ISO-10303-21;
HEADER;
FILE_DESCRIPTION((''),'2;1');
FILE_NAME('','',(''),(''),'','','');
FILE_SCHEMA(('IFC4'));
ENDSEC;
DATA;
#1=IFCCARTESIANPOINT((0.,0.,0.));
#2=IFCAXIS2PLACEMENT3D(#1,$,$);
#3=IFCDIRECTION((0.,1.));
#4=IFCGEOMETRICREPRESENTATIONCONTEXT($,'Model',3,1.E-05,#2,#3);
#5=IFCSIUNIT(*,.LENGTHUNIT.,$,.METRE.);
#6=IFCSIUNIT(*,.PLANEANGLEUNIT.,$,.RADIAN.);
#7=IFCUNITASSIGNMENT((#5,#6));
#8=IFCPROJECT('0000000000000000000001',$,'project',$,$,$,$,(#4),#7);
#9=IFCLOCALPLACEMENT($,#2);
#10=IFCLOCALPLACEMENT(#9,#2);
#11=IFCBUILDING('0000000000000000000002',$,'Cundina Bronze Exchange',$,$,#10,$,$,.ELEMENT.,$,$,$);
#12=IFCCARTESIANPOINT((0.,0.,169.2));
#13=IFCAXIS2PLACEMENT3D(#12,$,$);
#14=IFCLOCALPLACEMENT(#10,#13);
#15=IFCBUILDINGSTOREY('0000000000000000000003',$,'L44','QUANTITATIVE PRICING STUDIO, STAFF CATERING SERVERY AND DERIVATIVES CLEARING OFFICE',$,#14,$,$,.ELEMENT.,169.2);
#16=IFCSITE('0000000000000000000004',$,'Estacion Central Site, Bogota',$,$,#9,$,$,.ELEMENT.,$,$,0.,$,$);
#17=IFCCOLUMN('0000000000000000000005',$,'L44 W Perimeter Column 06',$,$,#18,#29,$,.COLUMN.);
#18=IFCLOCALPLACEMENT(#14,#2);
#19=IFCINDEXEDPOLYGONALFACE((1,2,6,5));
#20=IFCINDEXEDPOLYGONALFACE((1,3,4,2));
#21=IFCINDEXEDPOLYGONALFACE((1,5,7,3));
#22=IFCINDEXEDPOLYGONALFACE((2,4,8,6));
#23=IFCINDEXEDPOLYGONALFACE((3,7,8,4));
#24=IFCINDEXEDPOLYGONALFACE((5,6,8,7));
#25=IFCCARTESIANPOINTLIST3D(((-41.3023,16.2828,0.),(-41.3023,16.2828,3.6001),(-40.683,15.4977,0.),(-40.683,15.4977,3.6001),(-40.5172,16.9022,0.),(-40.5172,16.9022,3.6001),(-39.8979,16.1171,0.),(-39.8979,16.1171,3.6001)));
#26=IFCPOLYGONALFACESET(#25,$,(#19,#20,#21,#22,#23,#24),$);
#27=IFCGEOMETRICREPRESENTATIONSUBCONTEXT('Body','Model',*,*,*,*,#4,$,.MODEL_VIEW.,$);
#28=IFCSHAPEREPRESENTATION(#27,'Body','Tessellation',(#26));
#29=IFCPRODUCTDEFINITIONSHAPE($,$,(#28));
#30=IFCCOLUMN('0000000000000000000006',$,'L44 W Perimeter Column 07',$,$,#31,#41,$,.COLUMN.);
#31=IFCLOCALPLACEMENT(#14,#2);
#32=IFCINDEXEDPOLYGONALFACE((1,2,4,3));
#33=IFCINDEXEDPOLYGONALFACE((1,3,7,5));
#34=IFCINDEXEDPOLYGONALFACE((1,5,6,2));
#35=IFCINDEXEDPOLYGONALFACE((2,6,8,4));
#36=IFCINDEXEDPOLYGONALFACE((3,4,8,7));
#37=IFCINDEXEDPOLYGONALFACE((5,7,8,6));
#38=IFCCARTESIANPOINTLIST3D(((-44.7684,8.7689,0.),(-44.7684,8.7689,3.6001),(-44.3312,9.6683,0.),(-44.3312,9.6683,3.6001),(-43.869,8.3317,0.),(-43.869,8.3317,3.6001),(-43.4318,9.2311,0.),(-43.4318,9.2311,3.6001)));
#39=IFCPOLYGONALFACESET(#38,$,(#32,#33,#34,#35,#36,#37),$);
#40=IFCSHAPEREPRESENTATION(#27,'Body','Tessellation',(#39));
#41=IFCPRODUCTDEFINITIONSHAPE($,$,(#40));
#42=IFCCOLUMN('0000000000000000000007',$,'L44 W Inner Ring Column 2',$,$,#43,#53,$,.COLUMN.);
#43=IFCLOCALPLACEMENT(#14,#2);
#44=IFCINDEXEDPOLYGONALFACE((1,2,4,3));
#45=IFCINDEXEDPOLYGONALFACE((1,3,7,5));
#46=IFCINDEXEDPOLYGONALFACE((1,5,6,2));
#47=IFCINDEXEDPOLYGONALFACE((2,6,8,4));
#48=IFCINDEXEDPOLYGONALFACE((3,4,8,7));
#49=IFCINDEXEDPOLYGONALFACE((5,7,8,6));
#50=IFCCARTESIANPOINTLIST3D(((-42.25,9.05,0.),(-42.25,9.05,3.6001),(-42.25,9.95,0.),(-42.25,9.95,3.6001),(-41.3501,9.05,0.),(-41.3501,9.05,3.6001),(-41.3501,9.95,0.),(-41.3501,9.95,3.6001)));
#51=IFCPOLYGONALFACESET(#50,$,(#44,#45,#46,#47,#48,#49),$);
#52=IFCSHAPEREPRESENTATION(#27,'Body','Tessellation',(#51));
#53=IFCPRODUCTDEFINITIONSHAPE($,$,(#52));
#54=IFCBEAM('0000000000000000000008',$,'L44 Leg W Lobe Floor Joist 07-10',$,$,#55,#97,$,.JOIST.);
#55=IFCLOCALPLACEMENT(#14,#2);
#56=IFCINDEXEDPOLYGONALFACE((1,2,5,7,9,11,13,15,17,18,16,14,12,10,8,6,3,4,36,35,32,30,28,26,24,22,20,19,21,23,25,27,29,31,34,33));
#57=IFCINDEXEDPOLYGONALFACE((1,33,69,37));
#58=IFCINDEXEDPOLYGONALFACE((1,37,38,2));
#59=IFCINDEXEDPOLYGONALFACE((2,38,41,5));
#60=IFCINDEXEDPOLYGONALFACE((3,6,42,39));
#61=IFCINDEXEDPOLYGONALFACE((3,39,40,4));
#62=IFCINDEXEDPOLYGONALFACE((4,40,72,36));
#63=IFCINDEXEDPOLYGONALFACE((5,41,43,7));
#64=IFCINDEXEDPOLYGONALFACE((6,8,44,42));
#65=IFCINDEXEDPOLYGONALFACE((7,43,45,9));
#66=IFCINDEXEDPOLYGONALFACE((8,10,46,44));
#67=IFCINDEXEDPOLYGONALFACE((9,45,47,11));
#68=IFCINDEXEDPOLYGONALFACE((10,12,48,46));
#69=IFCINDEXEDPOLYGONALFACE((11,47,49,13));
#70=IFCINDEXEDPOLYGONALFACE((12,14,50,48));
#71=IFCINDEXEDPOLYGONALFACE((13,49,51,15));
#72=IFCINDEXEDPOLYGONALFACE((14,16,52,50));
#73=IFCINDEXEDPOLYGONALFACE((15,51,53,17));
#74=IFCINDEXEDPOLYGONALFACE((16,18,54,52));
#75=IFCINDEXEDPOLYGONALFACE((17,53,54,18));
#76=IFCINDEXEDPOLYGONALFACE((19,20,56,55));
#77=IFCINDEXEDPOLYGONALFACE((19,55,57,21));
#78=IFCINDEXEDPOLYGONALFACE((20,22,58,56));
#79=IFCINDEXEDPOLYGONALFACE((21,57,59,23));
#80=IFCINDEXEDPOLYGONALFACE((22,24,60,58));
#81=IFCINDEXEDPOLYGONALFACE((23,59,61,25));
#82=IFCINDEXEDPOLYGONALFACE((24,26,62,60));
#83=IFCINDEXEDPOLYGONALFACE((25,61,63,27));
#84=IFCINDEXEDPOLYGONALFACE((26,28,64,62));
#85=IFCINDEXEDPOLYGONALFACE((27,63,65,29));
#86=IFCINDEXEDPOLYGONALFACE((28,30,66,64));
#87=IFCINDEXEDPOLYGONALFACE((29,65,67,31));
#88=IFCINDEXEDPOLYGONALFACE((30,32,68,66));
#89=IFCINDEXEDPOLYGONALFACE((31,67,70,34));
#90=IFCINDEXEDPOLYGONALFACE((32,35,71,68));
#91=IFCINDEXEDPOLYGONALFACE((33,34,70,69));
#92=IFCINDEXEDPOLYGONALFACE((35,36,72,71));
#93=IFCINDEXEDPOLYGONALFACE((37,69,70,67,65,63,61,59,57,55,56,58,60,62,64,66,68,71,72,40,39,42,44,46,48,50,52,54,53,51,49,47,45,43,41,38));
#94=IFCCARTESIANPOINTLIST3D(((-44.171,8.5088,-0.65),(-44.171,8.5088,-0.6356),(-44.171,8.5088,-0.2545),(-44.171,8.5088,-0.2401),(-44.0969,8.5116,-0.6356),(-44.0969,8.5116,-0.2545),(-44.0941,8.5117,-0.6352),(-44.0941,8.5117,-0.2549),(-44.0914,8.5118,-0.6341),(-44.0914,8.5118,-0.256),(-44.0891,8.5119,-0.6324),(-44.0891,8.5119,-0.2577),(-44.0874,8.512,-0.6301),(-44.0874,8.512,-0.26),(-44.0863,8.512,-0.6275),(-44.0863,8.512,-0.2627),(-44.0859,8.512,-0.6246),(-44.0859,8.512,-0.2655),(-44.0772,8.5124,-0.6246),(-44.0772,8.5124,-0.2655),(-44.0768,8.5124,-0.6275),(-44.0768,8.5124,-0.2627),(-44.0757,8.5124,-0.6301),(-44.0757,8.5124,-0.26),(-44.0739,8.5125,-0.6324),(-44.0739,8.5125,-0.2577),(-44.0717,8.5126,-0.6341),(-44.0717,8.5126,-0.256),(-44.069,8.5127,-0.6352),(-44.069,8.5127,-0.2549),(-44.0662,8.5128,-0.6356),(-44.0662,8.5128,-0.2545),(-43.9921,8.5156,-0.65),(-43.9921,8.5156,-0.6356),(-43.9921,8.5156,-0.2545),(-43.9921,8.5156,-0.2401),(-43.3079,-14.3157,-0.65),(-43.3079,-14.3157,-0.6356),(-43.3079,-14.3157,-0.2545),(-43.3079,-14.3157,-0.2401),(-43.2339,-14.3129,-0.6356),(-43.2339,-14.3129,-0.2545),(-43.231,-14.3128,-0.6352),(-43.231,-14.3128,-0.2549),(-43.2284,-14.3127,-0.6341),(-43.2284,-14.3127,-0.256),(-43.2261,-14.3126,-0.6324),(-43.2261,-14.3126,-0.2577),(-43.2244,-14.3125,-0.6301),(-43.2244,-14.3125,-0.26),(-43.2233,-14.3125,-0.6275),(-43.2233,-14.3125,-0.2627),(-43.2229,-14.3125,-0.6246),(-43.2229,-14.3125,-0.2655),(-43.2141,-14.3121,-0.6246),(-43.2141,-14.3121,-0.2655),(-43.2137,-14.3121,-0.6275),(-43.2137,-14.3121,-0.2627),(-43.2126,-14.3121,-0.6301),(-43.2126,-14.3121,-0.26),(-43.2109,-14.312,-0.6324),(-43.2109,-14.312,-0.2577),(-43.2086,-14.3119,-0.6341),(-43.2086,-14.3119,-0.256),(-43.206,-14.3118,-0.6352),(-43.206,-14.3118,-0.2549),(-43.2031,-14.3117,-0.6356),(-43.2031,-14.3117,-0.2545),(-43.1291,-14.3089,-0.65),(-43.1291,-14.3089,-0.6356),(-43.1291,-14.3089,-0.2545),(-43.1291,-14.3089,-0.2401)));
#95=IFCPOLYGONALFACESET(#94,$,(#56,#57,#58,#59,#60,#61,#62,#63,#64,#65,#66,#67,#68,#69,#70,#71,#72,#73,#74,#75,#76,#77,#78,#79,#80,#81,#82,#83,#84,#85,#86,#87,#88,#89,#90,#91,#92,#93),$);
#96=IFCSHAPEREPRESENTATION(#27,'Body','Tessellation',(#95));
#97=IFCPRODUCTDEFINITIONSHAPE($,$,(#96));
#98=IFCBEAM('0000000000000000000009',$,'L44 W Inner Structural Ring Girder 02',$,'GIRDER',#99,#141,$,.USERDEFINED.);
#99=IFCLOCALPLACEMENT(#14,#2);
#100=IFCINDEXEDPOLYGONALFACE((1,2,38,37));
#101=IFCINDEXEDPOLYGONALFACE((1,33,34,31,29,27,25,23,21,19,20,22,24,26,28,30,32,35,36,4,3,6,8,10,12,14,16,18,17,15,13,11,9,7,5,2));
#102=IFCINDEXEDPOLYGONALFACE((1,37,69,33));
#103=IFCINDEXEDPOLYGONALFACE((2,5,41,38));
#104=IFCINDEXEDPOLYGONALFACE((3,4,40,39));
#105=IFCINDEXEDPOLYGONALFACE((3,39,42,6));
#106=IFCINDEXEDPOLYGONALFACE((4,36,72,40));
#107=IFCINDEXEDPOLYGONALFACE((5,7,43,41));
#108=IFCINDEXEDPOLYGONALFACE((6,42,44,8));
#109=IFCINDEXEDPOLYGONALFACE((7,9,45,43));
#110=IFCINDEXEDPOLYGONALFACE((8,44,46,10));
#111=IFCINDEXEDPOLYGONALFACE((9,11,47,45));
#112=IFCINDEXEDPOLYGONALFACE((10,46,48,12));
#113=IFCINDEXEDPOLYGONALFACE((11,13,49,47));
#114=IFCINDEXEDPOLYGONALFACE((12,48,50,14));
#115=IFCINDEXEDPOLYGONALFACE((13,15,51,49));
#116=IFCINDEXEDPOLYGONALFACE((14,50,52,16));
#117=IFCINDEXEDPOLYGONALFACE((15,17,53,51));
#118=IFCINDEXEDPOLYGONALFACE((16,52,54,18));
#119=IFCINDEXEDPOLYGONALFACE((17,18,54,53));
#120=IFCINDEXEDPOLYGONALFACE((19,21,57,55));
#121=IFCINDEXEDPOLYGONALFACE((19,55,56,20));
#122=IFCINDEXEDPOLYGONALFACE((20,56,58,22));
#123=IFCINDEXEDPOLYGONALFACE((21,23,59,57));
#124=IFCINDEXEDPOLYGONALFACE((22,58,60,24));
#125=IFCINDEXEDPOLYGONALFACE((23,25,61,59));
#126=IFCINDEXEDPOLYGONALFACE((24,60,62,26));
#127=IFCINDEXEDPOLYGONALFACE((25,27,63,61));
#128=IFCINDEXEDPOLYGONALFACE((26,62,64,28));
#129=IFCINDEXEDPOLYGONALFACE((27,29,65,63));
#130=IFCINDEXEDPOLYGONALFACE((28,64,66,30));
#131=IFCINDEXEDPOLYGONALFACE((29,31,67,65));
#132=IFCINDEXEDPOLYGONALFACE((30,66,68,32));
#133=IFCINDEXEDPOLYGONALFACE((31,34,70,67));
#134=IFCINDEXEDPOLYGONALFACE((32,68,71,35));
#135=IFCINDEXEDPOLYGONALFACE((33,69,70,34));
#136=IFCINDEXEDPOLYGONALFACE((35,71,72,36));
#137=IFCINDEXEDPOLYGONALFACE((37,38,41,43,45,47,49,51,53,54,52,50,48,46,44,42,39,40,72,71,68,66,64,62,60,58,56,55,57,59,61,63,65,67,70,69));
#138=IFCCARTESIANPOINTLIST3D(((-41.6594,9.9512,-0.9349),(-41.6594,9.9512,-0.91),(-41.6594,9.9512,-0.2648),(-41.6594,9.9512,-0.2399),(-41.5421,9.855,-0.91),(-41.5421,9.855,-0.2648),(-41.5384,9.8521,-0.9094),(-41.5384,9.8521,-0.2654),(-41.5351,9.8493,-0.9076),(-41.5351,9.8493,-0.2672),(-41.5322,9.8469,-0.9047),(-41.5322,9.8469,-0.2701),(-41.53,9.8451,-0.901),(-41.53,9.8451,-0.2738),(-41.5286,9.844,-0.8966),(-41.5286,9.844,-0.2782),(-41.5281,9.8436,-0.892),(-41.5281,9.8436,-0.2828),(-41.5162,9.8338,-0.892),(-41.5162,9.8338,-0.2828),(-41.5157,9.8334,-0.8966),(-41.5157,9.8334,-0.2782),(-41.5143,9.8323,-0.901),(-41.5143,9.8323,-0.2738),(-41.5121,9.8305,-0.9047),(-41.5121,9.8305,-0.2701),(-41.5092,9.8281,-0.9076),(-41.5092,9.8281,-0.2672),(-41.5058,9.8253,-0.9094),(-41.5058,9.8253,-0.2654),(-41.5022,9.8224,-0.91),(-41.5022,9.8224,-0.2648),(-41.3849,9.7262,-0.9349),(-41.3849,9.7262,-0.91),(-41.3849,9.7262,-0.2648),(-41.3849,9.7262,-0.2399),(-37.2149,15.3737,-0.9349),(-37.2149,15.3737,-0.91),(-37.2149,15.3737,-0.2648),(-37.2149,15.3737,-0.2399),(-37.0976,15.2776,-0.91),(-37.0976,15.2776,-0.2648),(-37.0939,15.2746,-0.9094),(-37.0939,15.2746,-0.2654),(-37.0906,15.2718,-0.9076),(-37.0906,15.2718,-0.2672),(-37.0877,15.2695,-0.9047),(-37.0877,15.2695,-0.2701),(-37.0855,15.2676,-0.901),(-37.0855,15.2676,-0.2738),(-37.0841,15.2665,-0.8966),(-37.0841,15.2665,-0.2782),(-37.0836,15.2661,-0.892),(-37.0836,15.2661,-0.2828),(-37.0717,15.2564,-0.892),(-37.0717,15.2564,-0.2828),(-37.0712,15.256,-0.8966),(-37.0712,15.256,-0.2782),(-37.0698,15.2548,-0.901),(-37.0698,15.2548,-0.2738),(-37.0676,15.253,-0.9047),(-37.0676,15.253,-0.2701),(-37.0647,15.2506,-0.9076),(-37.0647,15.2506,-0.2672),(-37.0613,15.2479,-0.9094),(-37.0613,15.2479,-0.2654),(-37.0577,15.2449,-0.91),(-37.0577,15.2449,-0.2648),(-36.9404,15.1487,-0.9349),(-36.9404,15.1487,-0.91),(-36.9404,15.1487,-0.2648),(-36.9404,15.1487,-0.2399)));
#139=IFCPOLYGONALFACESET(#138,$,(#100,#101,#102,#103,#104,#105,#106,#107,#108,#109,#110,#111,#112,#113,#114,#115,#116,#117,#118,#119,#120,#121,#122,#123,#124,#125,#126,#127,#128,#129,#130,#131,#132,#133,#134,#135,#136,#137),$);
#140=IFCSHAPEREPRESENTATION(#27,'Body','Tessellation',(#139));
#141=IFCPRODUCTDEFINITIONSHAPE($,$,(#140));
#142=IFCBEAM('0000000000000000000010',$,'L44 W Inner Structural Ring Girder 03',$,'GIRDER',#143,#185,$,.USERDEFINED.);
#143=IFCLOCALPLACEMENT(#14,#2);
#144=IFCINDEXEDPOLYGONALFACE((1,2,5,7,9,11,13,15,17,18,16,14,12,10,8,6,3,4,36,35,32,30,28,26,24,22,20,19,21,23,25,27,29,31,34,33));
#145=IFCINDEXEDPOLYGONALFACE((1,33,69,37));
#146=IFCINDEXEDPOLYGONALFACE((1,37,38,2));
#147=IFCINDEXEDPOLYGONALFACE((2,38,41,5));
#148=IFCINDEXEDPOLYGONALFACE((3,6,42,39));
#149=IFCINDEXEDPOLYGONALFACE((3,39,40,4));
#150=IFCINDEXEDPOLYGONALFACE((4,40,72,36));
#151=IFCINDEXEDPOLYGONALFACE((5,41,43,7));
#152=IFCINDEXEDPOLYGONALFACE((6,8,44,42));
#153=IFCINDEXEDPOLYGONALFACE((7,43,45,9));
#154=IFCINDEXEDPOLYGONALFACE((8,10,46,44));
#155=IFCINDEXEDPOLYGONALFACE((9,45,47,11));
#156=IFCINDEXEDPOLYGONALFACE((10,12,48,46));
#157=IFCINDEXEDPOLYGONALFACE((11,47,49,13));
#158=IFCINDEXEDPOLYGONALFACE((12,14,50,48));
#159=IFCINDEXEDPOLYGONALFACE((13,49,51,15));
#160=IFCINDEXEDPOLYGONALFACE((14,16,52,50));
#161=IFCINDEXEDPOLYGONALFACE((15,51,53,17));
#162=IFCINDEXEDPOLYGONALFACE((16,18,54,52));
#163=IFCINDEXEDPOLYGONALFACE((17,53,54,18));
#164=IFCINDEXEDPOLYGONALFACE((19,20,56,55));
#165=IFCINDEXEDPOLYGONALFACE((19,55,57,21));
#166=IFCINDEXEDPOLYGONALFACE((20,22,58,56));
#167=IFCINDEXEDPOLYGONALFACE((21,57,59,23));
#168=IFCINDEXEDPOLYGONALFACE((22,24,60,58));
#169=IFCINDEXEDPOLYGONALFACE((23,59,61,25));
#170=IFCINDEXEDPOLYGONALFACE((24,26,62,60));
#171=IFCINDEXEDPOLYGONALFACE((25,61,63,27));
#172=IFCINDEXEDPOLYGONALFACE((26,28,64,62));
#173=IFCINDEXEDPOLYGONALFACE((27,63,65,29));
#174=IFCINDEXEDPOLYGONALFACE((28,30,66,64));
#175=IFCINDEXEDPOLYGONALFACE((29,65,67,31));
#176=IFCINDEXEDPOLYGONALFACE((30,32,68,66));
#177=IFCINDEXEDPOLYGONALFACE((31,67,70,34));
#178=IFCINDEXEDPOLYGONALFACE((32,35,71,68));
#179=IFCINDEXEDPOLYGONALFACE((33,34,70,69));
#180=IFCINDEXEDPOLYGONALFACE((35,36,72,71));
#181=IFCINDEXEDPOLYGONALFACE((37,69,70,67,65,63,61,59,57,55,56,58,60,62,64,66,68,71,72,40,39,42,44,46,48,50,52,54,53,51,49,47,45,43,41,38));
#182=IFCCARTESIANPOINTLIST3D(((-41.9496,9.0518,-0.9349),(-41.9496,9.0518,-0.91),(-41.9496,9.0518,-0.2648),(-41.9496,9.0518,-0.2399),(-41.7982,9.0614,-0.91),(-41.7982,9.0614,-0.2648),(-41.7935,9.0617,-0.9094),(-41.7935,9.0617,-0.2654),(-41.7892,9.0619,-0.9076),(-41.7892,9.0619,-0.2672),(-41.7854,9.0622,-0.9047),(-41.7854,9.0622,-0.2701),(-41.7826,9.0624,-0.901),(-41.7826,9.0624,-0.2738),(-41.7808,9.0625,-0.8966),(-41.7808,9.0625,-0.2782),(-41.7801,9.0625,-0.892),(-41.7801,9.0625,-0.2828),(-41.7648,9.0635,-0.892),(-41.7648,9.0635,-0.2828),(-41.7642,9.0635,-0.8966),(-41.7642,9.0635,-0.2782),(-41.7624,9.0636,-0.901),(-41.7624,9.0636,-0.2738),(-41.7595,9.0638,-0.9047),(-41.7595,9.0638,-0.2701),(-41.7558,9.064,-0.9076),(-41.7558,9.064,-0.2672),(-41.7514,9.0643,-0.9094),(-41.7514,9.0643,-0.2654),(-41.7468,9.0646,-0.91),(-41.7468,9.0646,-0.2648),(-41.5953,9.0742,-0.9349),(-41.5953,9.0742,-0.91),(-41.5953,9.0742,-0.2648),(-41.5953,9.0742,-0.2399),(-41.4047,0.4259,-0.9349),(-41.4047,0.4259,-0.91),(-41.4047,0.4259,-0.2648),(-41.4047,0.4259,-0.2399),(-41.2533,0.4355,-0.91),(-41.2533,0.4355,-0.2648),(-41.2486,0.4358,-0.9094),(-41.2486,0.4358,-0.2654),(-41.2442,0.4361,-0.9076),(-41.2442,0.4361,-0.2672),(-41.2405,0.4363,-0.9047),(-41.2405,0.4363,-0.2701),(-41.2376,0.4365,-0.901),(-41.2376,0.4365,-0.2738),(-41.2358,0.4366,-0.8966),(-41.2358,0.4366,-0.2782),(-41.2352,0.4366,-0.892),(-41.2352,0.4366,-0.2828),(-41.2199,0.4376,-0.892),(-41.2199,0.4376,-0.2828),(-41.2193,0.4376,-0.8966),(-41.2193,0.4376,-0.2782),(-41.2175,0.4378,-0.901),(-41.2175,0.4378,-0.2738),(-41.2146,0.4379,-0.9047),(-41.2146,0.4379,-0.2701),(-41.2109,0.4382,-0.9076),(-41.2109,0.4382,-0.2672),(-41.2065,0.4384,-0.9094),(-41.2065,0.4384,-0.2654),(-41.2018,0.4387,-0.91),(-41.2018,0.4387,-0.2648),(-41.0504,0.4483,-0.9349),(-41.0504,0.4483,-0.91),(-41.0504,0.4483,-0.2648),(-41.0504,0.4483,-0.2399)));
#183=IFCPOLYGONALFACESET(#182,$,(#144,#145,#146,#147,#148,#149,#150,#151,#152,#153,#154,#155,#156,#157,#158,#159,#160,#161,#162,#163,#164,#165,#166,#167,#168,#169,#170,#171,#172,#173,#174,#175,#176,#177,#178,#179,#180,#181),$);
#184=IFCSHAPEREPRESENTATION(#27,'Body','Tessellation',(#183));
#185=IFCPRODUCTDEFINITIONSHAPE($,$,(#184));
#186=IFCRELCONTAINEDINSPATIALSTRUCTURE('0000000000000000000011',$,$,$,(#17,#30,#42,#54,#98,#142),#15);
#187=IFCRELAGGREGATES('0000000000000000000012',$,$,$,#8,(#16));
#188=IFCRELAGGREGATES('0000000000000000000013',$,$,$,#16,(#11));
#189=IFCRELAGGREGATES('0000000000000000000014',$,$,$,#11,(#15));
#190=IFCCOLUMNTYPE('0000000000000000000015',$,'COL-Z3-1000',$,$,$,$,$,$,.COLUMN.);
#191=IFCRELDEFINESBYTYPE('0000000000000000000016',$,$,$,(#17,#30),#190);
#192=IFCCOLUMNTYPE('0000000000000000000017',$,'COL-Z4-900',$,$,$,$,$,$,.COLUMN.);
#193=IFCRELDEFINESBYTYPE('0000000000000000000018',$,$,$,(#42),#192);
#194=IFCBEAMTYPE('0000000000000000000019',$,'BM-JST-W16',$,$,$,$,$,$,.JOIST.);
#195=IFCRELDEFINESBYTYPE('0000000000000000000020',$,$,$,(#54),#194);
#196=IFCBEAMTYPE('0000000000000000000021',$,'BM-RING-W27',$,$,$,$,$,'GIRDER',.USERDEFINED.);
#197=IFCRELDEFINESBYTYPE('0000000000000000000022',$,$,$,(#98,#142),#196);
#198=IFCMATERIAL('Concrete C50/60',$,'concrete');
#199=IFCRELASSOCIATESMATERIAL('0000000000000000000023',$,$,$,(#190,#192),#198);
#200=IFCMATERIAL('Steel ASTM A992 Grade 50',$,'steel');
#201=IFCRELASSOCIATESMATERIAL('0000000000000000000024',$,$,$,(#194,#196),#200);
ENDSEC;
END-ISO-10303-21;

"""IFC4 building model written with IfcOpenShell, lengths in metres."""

from ifc_helpers import new_model, si_unit, direction, frame, origin, origin_2d, place, context, subcontext, project, spatial, rectangle, i_section, extrude, material, material_profile, profile_set, type_object, element, save


model = new_model("IFC4")

# Units and contexts
model_context = context("Model", 3, precision=1e-05, world=origin(), true_north=direction((0.0, 1.0)))
body_context = subcontext(model_context, "Body", "Model", "MODEL_VIEW")
ifc_project = project(units=[si_unit("LENGTHUNIT", "METRE"), si_unit("PLANEANGLEUNIT", "RADIAN")], contexts=[model_context])

# Site, building, storey
site_placement = place(None, origin())
site = spatial("IfcSite", under=ifc_project, at=site_placement, Name="Estacion Central Site, Bogota", CompositionType="ELEMENT", RefElevation=0.0)
building_placement = place(site_placement, origin())
building = spatial("IfcBuilding", under=site, at=building_placement, Name="Cundina Bronze Exchange", CompositionType="ELEMENT")
storey_placement = place(building_placement, frame((0.0, 0.0, 169.2)))
storey = spatial("IfcBuildingStorey", under=building, at=storey_placement, Name="L44", Description="QUANTITATIVE PRICING STUDIO, STAFF CATERING SERVERY AND DERIVATIVES CLEARING OFFICE", CompositionType="ELEMENT", Elevation=169.2)

# Columns
ifc_material_1 = material(Name="Concrete C50/60", Category="concrete")
ifc_material_profile_1 = material_profile(ifc_material_1, rectangle(XDim=1.0, YDim=1.0, at=origin_2d()), Name="RC1000X1000", Category="concrete")
ifc_profile_set_1 = profile_set([ifc_material_profile_1], Name="Concrete C50/60")
column_type_1 = type_object("IfcColumnType", Name="COL-Z3-1000", PredefinedType="COLUMN", material=ifc_profile_set_1)
for number, where, z_axis, x_axis, name in (
    (1, (-40.6001, 16.2, 0.0), (0.0, 0.0, 1.0), (-0.785101, -0.619368, 0.0), "L44 W Perimeter Column 06"),
    (2, (-44.1001, 9.0, 0.0), (0.0, 0.0, 1.0), (-0.437116, -0.899405, 0.0), "L44 W Perimeter Column 07"),
):
    element("IfcColumn", number, at=place(storey_placement, frame(where, z_axis=z_axis, x_axis=x_axis)), inside=storey, type_object=column_type_1, Name=name, PredefinedType="COLUMN", context=body_context, shape_type="SweptSolid", body=[
        extrude(rectangle(XDim=1.0, YDim=1.0, at=origin_2d()), origin(), (0.0, 0.0, 1.0), 3.6001),
    ])
ifc_material_profile_2 = material_profile(ifc_material_1, rectangle(XDim=0.8999, YDim=0.8999, at=origin_2d()), Name="RC900X900", Category="concrete")
ifc_profile_set_2 = profile_set([ifc_material_profile_2], Name="Concrete C50/60")
column_type_2 = type_object("IfcColumnType", Name="COL-Z4-900", PredefinedType="COLUMN", material=ifc_profile_set_2)
column_placement = place(storey_placement, frame((-41.8, 9.5, 0.0), z_axis=(0.0, 0.0, 1.0), x_axis=(1.0, 0.0, 0.0)))
element("IfcColumn", 3, at=column_placement, inside=storey, type_object=column_type_2, Name="L44 W Inner Ring Column 2", PredefinedType="COLUMN", context=body_context, shape_type="SweptSolid", body=[
    extrude(rectangle(XDim=0.8999, YDim=0.8999, at=origin_2d()), origin(), (0.0, 0.0, 1.0), 3.6001),
])

# Beams
ifc_material_2 = material(Name="Steel ASTM A992 Grade 50", Category="steel")
ifc_material_profile_3 = material_profile(ifc_material_2, i_section(OverallWidth=0.179, OverallDepth=0.4099, WebThickness=0.0088, FlangeThickness=0.0144, FilletRadius=0.011, at=origin_2d()), Name="W16X45", Category="steel")
ifc_profile_set_3 = profile_set([ifc_material_profile_3], Name="Steel ASTM A992 Grade 50")
beam_type_1 = type_object("IfcBeamType", Name="BM-JST-W16", PredefinedType="JOIST", material=ifc_profile_set_3)
beam_1_placement = place(storey_placement, frame((-44.0815, 8.5122, -0.4451), z_axis=(0.037785, -0.999286, 0.0), x_axis=(0.999286, 0.037785, 0.0)))
element("IfcBeam", 4, at=beam_1_placement, inside=storey, type_object=beam_type_1, Name="L44 Leg W Lobe Floor Joist 07-10", PredefinedType="JOIST", context=body_context, shape_type="SweptSolid", body=[
    extrude(i_section(OverallWidth=0.179, OverallDepth=0.4099, WebThickness=0.0088, FlangeThickness=0.0144, FilletRadius=0.011, at=origin_2d()), origin(), (0.0, 0.0, 1.0), 22.8408),
])
ifc_material_profile_4 = material_profile(ifc_material_2, i_section(OverallWidth=0.355, OverallDepth=0.6951, WebThickness=0.0154, FlangeThickness=0.0249, FilletRadius=0.0181, at=origin_2d()), Name="W27X146", Category="steel")
ifc_profile_set_4 = profile_set([ifc_material_profile_4], Name="Steel ASTM A992 Grade 50")
beam_type_2 = type_object("IfcBeamType", Name="BM-RING-W27", ElementType="GIRDER", PredefinedType="USERDEFINED", material=ifc_profile_set_4)
beam_2_placement = place(storey_placement, frame((-37.0776, 15.2612, -0.5874), z_axis=(-0.633913, -0.773405, 0.0), x_axis=(0.773405, -0.633913, 0.0)))
element("IfcBeam", 5, at=beam_2_placement, inside=storey, type_object=beam_type_2, Name="L44 W Inner Structural Ring Girder 02", ObjectType="GIRDER", PredefinedType="USERDEFINED", context=body_context, shape_type="SweptSolid", body=[
    extrude(i_section(OverallWidth=0.355, OverallDepth=0.6951, WebThickness=0.0154, FlangeThickness=0.0249, FilletRadius=0.0181, at=origin_2d()), origin(), (0.0, 0.0, 1.0), 7.0112),
])
beam_3_placement = place(storey_placement, frame((-41.7725, 9.063, -0.5874), z_axis=(0.063047, -0.998011, 0.0), x_axis=(0.998011, 0.063047, 0.0)))
element("IfcBeam", 6, at=beam_3_placement, inside=storey, type_object=beam_type_2, Name="L44 W Inner Structural Ring Girder 03", ObjectType="GIRDER", PredefinedType="USERDEFINED", context=body_context, shape_type="SweptSolid", body=[
    extrude(i_section(OverallWidth=0.355, OverallDepth=0.6951, WebThickness=0.0154, FlangeThickness=0.0249, FilletRadius=0.0181, at=origin_2d()), origin(), (0.0, 0.0, 1.0), 8.6431),
])

save(model, "model.ifc")
